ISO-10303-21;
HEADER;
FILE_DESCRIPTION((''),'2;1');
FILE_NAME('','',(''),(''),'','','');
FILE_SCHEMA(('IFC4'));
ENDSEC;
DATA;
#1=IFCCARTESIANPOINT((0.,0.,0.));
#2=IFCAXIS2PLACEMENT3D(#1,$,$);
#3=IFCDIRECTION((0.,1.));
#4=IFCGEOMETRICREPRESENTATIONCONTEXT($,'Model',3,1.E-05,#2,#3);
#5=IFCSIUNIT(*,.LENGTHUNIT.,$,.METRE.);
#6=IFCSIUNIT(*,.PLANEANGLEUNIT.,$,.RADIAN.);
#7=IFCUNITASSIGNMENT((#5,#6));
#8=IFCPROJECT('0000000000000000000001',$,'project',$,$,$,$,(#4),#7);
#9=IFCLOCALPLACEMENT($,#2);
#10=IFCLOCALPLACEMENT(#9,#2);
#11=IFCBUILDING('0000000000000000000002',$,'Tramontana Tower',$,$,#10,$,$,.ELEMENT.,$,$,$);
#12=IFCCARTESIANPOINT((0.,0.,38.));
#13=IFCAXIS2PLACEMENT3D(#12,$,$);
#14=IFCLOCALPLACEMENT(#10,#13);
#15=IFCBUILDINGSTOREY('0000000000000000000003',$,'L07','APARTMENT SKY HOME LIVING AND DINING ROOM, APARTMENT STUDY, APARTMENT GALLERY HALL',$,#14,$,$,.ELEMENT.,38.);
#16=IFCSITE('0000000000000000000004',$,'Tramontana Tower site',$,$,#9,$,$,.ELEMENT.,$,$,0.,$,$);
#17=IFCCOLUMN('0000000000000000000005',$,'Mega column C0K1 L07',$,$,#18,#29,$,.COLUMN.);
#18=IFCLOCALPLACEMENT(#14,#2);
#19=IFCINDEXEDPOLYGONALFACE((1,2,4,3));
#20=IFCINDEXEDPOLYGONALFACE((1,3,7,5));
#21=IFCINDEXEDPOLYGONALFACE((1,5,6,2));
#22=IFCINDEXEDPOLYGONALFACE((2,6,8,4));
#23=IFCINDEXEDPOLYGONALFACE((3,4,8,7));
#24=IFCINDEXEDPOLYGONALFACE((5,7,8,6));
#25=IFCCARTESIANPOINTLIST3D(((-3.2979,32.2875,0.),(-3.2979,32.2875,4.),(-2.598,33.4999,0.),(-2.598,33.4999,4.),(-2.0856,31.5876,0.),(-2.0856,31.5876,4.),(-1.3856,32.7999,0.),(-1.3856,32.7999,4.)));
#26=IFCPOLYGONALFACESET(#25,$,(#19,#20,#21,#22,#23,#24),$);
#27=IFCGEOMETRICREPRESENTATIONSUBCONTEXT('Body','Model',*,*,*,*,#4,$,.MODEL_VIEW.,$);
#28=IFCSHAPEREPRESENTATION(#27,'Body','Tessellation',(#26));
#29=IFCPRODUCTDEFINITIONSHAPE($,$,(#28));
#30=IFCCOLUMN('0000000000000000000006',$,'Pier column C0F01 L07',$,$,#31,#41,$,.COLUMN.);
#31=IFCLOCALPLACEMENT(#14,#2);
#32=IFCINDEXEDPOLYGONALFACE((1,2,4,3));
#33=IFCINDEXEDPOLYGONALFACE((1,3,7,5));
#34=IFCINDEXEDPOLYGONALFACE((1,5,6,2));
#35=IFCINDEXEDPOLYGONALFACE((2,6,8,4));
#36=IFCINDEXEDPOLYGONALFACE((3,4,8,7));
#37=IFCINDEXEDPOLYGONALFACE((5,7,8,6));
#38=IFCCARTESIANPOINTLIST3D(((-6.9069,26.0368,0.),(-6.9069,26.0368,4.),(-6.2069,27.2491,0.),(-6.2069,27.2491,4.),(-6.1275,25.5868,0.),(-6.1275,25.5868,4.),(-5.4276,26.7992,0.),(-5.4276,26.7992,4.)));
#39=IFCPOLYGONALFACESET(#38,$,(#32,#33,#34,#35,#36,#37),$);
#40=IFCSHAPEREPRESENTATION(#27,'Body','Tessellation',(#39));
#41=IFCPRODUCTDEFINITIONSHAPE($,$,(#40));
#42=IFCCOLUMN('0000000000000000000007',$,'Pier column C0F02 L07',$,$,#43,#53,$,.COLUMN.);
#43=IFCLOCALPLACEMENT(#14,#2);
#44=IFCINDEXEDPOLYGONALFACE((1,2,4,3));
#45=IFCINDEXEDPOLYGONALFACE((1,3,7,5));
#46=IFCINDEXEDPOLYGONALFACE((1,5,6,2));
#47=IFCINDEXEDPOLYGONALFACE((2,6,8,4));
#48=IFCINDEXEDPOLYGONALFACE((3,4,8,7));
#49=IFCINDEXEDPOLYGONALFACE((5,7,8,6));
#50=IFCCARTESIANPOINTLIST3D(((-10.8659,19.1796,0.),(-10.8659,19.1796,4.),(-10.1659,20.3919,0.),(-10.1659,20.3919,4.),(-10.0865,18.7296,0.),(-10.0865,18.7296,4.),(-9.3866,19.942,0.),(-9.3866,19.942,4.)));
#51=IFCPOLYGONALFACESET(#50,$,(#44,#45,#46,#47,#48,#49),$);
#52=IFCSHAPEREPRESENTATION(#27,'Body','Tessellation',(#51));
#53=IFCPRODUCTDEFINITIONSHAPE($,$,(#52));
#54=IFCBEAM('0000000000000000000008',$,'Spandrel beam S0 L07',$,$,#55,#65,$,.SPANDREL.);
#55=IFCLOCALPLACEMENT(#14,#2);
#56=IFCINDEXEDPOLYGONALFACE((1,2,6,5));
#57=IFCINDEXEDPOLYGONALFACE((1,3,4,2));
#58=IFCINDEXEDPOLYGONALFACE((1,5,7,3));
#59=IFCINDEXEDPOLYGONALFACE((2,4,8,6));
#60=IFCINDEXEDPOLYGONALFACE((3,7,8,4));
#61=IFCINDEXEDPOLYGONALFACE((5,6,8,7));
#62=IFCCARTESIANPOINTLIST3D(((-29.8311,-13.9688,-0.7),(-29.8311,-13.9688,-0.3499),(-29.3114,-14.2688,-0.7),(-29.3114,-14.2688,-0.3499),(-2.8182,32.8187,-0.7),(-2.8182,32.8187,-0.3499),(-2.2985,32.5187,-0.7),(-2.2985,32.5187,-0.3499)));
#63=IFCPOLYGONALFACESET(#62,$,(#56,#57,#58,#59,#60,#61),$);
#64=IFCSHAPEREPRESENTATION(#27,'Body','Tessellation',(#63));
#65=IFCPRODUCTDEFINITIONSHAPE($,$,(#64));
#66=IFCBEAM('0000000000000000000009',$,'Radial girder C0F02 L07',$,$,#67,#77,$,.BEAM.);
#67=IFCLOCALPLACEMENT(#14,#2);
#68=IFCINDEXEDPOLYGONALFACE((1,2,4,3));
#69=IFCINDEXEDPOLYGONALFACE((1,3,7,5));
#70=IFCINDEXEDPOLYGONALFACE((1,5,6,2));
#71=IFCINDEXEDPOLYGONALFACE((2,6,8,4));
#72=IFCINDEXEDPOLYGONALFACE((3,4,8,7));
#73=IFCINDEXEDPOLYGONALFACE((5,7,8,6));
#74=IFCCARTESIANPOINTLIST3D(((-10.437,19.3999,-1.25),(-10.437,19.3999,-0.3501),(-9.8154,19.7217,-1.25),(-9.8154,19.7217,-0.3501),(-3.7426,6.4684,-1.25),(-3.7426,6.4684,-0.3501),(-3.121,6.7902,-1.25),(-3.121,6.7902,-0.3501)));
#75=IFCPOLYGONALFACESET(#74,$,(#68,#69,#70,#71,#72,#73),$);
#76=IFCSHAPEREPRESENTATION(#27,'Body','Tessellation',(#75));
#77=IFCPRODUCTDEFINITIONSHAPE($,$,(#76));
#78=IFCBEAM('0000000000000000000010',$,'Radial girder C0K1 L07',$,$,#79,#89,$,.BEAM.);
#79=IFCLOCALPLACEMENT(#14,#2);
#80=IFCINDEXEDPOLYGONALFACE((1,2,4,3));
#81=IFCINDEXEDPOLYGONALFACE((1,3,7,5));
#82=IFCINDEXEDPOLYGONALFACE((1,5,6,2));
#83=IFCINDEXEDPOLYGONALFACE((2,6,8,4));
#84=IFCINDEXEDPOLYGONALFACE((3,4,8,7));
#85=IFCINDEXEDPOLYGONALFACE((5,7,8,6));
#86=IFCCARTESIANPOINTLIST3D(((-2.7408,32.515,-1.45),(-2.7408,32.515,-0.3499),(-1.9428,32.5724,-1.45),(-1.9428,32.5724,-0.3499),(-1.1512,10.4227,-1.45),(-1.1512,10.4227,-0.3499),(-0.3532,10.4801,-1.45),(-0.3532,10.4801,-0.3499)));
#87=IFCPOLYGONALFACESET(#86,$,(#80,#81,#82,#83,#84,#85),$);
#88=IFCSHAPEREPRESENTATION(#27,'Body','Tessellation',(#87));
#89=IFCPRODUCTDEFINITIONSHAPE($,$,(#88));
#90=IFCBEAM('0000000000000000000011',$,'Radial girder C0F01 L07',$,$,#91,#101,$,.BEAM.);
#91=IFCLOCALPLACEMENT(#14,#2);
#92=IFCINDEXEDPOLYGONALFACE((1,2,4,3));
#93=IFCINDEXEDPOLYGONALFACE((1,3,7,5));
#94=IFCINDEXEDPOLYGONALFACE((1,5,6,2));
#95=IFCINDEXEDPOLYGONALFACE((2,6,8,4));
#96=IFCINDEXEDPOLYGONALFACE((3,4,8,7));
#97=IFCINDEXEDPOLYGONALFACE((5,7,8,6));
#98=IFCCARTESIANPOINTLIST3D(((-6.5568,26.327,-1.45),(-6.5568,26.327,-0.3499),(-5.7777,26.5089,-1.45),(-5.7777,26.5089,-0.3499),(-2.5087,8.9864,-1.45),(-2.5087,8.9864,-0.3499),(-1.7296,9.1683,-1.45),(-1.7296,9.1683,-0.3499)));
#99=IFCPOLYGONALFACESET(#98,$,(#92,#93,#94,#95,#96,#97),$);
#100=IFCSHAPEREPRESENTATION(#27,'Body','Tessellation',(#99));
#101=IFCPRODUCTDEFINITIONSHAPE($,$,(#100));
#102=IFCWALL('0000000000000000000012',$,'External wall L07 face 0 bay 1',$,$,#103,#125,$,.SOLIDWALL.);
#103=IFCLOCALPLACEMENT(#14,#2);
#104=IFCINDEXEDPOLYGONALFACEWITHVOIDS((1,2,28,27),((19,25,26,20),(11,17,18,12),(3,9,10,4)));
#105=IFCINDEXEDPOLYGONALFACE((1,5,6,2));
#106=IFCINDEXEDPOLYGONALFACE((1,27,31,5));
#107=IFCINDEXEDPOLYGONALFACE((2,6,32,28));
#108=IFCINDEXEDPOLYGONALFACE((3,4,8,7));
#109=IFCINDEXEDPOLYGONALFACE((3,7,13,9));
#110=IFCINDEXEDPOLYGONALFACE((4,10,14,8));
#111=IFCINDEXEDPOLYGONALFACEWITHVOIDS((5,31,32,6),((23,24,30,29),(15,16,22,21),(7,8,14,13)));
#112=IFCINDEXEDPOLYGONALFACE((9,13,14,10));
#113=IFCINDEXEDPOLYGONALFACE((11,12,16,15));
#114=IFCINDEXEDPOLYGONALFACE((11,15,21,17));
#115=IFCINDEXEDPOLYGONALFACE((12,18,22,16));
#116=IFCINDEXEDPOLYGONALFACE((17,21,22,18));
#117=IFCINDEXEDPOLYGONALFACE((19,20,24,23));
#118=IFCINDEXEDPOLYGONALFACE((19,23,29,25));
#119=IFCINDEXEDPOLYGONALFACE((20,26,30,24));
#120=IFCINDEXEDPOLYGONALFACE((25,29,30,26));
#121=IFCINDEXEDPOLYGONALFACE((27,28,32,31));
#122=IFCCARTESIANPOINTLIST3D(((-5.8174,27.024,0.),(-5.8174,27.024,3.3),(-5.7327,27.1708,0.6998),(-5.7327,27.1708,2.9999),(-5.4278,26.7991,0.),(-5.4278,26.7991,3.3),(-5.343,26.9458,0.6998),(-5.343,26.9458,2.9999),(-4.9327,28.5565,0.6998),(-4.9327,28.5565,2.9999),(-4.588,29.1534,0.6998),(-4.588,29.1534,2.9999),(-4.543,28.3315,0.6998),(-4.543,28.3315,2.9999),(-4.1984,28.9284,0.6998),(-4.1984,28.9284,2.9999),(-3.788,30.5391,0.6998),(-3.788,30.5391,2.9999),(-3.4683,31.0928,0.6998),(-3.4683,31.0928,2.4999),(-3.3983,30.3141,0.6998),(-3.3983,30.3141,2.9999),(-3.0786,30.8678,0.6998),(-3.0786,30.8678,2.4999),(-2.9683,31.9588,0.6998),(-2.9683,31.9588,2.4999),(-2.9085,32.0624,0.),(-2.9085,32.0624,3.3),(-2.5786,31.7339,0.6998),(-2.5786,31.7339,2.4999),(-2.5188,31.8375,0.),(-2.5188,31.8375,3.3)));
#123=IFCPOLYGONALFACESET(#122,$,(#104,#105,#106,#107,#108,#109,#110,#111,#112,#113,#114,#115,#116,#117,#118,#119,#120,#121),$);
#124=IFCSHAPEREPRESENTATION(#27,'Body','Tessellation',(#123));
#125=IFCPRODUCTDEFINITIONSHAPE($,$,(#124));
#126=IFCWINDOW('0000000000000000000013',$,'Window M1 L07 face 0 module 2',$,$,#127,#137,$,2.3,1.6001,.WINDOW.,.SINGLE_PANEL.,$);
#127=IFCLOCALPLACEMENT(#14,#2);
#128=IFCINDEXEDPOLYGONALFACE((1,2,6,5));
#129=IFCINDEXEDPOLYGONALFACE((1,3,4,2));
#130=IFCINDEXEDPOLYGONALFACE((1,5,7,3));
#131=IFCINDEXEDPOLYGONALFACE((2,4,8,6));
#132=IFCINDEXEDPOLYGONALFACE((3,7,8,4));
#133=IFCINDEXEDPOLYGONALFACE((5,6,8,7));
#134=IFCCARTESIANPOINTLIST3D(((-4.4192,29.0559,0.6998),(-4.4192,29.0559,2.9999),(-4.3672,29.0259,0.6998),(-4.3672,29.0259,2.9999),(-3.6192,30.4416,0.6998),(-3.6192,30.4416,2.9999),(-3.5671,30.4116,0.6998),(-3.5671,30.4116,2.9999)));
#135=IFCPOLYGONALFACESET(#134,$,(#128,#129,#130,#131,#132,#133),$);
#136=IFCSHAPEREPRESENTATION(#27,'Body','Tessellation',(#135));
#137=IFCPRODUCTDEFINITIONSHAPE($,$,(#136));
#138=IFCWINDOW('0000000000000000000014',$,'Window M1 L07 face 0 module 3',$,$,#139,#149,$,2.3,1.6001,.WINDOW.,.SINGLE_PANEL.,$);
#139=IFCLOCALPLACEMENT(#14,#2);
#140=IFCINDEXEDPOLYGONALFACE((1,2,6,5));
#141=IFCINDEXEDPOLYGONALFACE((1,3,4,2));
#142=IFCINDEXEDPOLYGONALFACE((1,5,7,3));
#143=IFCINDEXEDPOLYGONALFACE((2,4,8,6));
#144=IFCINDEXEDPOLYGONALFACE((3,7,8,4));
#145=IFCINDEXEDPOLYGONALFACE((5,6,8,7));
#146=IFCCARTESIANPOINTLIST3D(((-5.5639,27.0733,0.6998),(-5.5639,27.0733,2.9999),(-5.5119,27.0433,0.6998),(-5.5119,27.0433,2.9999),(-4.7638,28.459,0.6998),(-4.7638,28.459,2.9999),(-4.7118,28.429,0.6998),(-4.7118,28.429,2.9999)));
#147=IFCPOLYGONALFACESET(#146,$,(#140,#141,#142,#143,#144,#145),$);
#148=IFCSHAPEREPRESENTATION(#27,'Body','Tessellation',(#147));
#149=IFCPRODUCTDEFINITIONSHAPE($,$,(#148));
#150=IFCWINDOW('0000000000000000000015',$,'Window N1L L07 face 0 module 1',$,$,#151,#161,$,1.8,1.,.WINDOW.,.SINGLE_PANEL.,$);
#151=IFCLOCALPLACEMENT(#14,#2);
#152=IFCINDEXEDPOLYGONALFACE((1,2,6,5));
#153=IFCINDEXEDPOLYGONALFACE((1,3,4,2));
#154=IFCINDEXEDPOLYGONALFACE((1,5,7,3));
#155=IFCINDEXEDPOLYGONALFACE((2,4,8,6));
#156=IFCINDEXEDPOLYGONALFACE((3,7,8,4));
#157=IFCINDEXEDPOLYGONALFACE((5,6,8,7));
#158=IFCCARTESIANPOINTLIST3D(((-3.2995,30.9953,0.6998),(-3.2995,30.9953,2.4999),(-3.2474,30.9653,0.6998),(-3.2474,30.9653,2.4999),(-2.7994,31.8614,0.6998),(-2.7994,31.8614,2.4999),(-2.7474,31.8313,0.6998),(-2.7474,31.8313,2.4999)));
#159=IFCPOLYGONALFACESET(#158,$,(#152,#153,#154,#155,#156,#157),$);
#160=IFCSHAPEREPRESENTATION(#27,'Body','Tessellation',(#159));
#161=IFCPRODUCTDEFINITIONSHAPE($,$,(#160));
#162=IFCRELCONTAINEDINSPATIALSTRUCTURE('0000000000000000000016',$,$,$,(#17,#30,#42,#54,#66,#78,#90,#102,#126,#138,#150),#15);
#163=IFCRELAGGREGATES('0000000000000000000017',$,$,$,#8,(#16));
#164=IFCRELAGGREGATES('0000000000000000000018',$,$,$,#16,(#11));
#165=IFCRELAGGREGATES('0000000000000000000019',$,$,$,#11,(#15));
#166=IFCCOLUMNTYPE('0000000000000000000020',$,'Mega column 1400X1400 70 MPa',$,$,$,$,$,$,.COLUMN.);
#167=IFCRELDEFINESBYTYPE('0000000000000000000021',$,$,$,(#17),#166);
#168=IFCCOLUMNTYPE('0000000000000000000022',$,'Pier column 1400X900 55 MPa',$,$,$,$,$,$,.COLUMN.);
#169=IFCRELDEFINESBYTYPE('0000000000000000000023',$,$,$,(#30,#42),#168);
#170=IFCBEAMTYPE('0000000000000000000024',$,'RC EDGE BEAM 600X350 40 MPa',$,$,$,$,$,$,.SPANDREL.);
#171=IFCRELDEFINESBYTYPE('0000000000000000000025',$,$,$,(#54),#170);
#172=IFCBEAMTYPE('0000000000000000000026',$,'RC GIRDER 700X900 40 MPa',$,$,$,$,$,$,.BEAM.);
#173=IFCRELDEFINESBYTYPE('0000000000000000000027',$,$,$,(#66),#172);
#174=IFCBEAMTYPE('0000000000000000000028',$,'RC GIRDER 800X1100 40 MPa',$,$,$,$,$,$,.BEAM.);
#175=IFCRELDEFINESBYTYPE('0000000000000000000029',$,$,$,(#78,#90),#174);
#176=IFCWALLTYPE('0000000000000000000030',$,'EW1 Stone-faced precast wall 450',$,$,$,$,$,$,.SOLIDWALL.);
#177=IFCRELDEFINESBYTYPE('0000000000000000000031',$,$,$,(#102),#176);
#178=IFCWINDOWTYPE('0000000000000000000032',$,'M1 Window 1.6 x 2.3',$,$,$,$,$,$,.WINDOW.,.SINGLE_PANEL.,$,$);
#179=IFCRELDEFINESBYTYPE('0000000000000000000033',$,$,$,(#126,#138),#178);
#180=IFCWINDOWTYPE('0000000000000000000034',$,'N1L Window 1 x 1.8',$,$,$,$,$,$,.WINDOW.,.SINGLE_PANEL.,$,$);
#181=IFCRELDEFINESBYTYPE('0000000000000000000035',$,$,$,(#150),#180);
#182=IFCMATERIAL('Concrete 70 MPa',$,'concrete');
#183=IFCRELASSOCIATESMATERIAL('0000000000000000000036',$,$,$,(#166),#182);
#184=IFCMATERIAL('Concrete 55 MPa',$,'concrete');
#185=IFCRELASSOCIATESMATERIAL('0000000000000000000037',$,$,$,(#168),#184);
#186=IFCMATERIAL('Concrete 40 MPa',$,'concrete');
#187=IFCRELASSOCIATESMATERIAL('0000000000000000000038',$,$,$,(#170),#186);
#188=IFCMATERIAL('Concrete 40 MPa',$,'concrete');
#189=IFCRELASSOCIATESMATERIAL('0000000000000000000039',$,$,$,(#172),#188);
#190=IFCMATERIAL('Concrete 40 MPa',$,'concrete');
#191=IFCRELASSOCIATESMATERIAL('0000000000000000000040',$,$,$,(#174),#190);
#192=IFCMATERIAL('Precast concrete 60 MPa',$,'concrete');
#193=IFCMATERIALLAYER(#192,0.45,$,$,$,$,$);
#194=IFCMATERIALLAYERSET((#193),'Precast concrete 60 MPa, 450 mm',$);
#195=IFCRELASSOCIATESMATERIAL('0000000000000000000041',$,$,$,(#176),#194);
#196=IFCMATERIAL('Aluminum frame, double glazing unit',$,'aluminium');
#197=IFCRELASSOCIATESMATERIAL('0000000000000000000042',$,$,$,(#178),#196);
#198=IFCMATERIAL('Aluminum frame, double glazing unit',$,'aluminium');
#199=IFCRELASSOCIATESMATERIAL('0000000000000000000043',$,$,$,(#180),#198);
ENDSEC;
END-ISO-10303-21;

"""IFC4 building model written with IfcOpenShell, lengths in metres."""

from ifc_helpers import new_model, si_unit, direction, frame, frame_2d, origin, origin_2d, place, context, subcontext, project, spatial, rectangle, extrude, material, layer, layer_set, material_profile, profile_set, type_object, element, fill, save


model = new_model("IFC4")

# Units and contexts
model_context = context("Model", 3, precision=1e-05, world=origin(), true_north=direction((0.0, 1.0)))
body_context = subcontext(model_context, "Body", "Model", "MODEL_VIEW")
ifc_project = project(units=[si_unit("LENGTHUNIT", "METRE"), si_unit("PLANEANGLEUNIT", "RADIAN")], contexts=[model_context])

# Site, building, storey
site_placement = place(None, origin())
site = spatial("IfcSite", under=ifc_project, at=site_placement, Name="Tramontana Tower site", CompositionType="ELEMENT", RefElevation=0.0)
building_placement = place(site_placement, origin())
building = spatial("IfcBuilding", under=site, at=building_placement, Name="Tramontana Tower", CompositionType="ELEMENT")
storey_placement = place(building_placement, frame((0.0, 0.0, 38.0)))
storey = spatial("IfcBuildingStorey", under=building, at=storey_placement, Name="L07", Description="APARTMENT SKY HOME LIVING AND DINING ROOM, APARTMENT STUDY, APARTMENT GALLERY HALL", CompositionType="ELEMENT", Elevation=38.0)

# Columns
ifc_material_1 = material(Name="Concrete 70 MPa", Category="concrete")
ifc_material_profile_1 = material_profile(ifc_material_1, rectangle(XDim=1.3999, YDim=1.3999, at=origin_2d()), Name="Mega column 1400X1400 70 MPa")
ifc_profile_set_1 = profile_set([ifc_material_profile_1], Name="Concrete 70 MPa")
column_type_1 = type_object("IfcColumnType", Name="Mega column 1400X1400 70 MPa", PredefinedType="COLUMN", material=ifc_profile_set_1)
column_placement = place(storey_placement, frame((-2.3418, 32.5437, 0.0), z_axis=(0.0, 0.0, 1.0), x_axis=(-0.5, -0.866025, 0.0)))
element("IfcColumn", 1, at=column_placement, inside=storey, type_object=column_type_1, Name="Mega column C0K1 L07", PredefinedType="COLUMN", context=body_context, shape_type="SweptSolid", body=[
    extrude(rectangle(XDim=1.3999, YDim=1.3999, at=origin_2d()), origin(), (0.0, 0.0, 1.0), 4.0),
])
ifc_material_2 = material(Name="Concrete 55 MPa", Category="concrete")
ifc_material_profile_2 = material_profile(ifc_material_2, rectangle(XDim=1.3999, YDim=0.8999, at=origin_2d()), Name="Pier column 1400X900 55 MPa")
ifc_profile_set_2 = profile_set([ifc_material_profile_2], Name="Concrete 55 MPa")
column_type_2 = type_object("IfcColumnType", Name="Pier column 1400X900 55 MPa", PredefinedType="COLUMN", material=ifc_profile_set_2)
for number, where, z_axis, x_axis, name in (
    (2, (-6.1672, 26.418, 0.0), (0.0, 0.0, 1.0), (-0.5, -0.866025, 0.0), "Pier column C0F01 L07"),
    (3, (-10.1262, 19.5608, 0.0), (0.0, 0.0, 1.0), (-0.5, -0.866025, 0.0), "Pier column C0F02 L07"),
):
    element("IfcColumn", number, at=place(storey_placement, frame(where, z_axis=z_axis, x_axis=x_axis)), inside=storey, type_object=column_type_2, Name=name, PredefinedType="COLUMN", context=body_context, shape_type="SweptSolid", body=[
        extrude(rectangle(XDim=1.3999, YDim=0.8999, at=origin_2d()), origin(), (0.0, 0.0, 1.0), 4.0),
    ])

# Beams
ifc_material_3 = material(Name="Concrete 40 MPa", Category="concrete")
ifc_material_profile_3 = material_profile(ifc_material_3, rectangle(XDim=0.6001, YDim=0.3501, at=origin_2d()), Name="RC EDGE BEAM 600X350 40 MPa")
ifc_profile_set_3 = profile_set([ifc_material_profile_3], Name="Concrete 40 MPa")
beam_type_1 = type_object("IfcBeamType", Name="RC EDGE BEAM 600X350 40 MPa", PredefinedType="SPANDREL", material=ifc_profile_set_3)
beam_1_placement = place(storey_placement, frame((-2.5583, 32.6687, -0.5249), z_axis=(-0.500001, -0.866025, 0.0), x_axis=(0.866025, -0.500001, 0.0)))
element("IfcBeam", 4, at=beam_1_placement, inside=storey, type_object=beam_type_1, Name="Spandrel beam S0 L07", PredefinedType="SPANDREL", context=body_context, shape_type="SweptSolid", body=[
    extrude(rectangle(XDim=0.6001, YDim=0.3501, at=origin_2d()), origin(), (0.0, 0.0, 1.0), 54.0256),
])
ifc_material_4 = material(Name="Concrete 40 MPa", Category="concrete")
ifc_material_profile_4 = material_profile(ifc_material_4, rectangle(XDim=0.7, YDim=0.8999, at=origin_2d()), Name="RC GIRDER 700X900 40 MPa")
ifc_profile_set_4 = profile_set([ifc_material_profile_4], Name="Concrete 40 MPa")
beam_type_2 = type_object("IfcBeamType", Name="RC GIRDER 700X900 40 MPa", PredefinedType="BEAM", material=ifc_profile_set_4)
beam_2_placement = place(storey_placement, frame((-10.1262, 19.5608, -0.8), z_axis=(0.459731, -0.888058, 0.0), x_axis=(0.888058, 0.459731, 0.0)))
element("IfcBeam", 5, at=beam_2_placement, inside=storey, type_object=beam_type_2, Name="Radial girder C0F02 L07", PredefinedType="BEAM", context=body_context, shape_type="SweptSolid", body=[
    extrude(rectangle(XDim=0.7, YDim=0.8999, at=origin_2d()), origin(), (0.0, 0.0, 1.0), 14.5615),
])
ifc_material_5 = material(Name="Concrete 40 MPa", Category="concrete")
ifc_material_profile_5 = material_profile(ifc_material_5, rectangle(XDim=0.8, YDim=1.1001, at=origin_2d()), Name="RC GIRDER 800X1100 40 MPa")
ifc_profile_set_5 = profile_set([ifc_material_profile_5], Name="Concrete 40 MPa")
beam_type_3 = type_object("IfcBeamType", Name="RC GIRDER 800X1100 40 MPa", PredefinedType="BEAM", material=ifc_profile_set_5)
beam_3_placement = place(storey_placement, frame((-2.3418, 32.5437, -0.8999), z_axis=(0.071767, -0.997421, 0.0), x_axis=(0.997421, 0.071767, 0.0)))
element("IfcBeam", 6, at=beam_3_placement, inside=storey, type_object=beam_type_3, Name="Radial girder C0K1 L07", PredefinedType="BEAM", context=body_context, shape_type="SweptSolid", body=[
    extrude(rectangle(XDim=0.8, YDim=1.1001, at=origin_2d()), origin(), (0.0, 0.0, 1.0), 22.1494),
])
beam_4_placement = place(storey_placement, frame((-6.1672, 26.418, -0.8999), z_axis=(0.227334, -0.973817, 0.0), x_axis=(0.973817, 0.227334, 0.0)))
element("IfcBeam", 7, at=beam_4_placement, inside=storey, type_object=beam_type_3, Name="Radial girder C0F01 L07", PredefinedType="BEAM", context=body_context, shape_type="SweptSolid", body=[
    extrude(rectangle(XDim=0.8, YDim=1.1001, at=origin_2d()), origin(), (0.0, 0.0, 1.0), 17.8069),
])

# Wall, openings, windows
ifc_material_6 = material(Name="Precast concrete 60 MPa", Category="concrete")
ifc_layer_1 = layer(ifc_material_6, 0.45)
ifc_layer_set_1 = layer_set([ifc_layer_1], Name="Precast concrete 60 MPa, 450 mm")
wall_type_1 = type_object("IfcWallType", Name="EW1 Stone-faced precast wall 450", PredefinedType="SOLIDWALL", material=ifc_layer_set_1)
wall_1_placement = place(storey_placement, frame((-2.7136, 31.95, 0.0), z_axis=(0.0, 0.0, 1.0), x_axis=(-0.500007, -0.866021, 0.0)))
wall_1 = element("IfcWall", 8, at=wall_1_placement, inside=storey, type_object=wall_type_1, Name="External wall L07 face 0 bay 1", PredefinedType="SOLIDWALL", context=body_context, shape_type="SweptSolid", body=[
    extrude(rectangle(XDim=5.8179, YDim=0.45, at=frame_2d((2.9089, 0.0))), origin(), (0.0, 0.0, 1.0), 3.3),
])
opening_1_placement = place(wall_1_placement, frame((0.1196, 0.0, 0.7)))
opening_1 = element("IfcOpeningElement", 9, at=opening_1_placement, cuts=wall_1, PredefinedType="OPENING", context=body_context, shape_type="SweptSolid", body=[
    extrude(rectangle(XDim=1.0, YDim=1.8, at=frame_2d((0.5, 0.8999))), frame((0.0, 0.2349, 0.0), z_axis=(0.0, -1.0, 0.0), x_axis=(1.0, 0.0, 0.0)), (0.0, 0.0, 1.0), 0.47),
])
opening_2_placement = place(wall_1_placement, frame((1.759, 0.0, 0.7)))
opening_2 = element("IfcOpeningElement", 10, at=opening_2_placement, cuts=wall_1, PredefinedType="OPENING", context=body_context, shape_type="SweptSolid", body=[
    extrude(rectangle(XDim=1.6001, YDim=2.3, at=frame_2d((0.8, 1.1499))), frame((0.0, 0.2349, 0.0), z_axis=(0.0, -1.0, 0.0), x_axis=(1.0, 0.0, 0.0)), (0.0, 0.0, 1.0), 0.47),
])
opening_3_placement = place(wall_1_placement, frame((4.0483, 0.0, 0.7)))
opening_3 = element("IfcOpeningElement", 11, at=opening_3_placement, cuts=wall_1, PredefinedType="OPENING", context=body_context, shape_type="SweptSolid", body=[
    extrude(rectangle(XDim=1.6001, YDim=2.3, at=frame_2d((0.8, 1.1499))), frame((0.0, 0.2349, 0.0), z_axis=(0.0, -1.0, 0.0), x_axis=(1.0, 0.0, 0.0)), (0.0, 0.0, 1.0), 0.47),
])
ifc_material_7 = material(Name="Aluminum frame, double glazing unit", Category="aluminium")
window_type_1 = type_object("IfcWindowType", Name="M1 Window 1.6 x 2.3", PartitioningType="SINGLE_PANEL", PredefinedType="WINDOW", material=ifc_material_7)
window_1_placement = place(opening_2_placement, origin())
window_1 = element("IfcWindow", 12, at=window_1_placement, inside=storey, type_object=window_type_1, Name="Window M1 L07 face 0 module 2", OverallHeight=2.3, OverallWidth=1.6001, PartitioningType="SINGLE_PANEL", PredefinedType="WINDOW", context=body_context, shape_type="SweptSolid", body=[
    extrude(rectangle(XDim=1.6001, YDim=2.3, at=frame_2d((0.8, 1.1499))), frame((0.0, 0.03, 0.0), z_axis=(0.0, -1.0, 0.0), x_axis=(1.0, 0.0, 0.0)), (0.0, 0.0, 1.0), 0.0601),
])
fill(opening_2, window_1)
window_2_placement = place(opening_3_placement, origin())
window_2 = element("IfcWindow", 13, at=window_2_placement, inside=storey, type_object=window_type_1, Name="Window M1 L07 face 0 module 3", OverallHeight=2.3, OverallWidth=1.6001, PartitioningType="SINGLE_PANEL", PredefinedType="WINDOW", context=body_context, shape_type="SweptSolid", body=[
    extrude(rectangle(XDim=1.6001, YDim=2.3, at=frame_2d((0.8, 1.1499))), frame((0.0, 0.03, 0.0), z_axis=(0.0, -1.0, 0.0), x_axis=(1.0, 0.0, 0.0)), (0.0, 0.0, 1.0), 0.0601),
])
fill(opening_3, window_2)
ifc_material_8 = material(Name="Aluminum frame, double glazing unit", Category="aluminium")
window_type_2 = type_object("IfcWindowType", Name="N1L Window 1 x 1.8", PartitioningType="SINGLE_PANEL", PredefinedType="WINDOW", material=ifc_material_8)
window_3_placement = place(opening_1_placement, origin())
window_3 = element("IfcWindow", 14, at=window_3_placement, inside=storey, type_object=window_type_2, Name="Window N1L L07 face 0 module 1", OverallHeight=1.8, OverallWidth=1.0, PartitioningType="SINGLE_PANEL", PredefinedType="WINDOW", context=body_context, shape_type="SweptSolid", body=[
    extrude(rectangle(XDim=1.0, YDim=1.8, at=frame_2d((0.5, 0.8999))), frame((0.0, 0.03, 0.0), z_axis=(0.0, -1.0, 0.0), x_axis=(1.0, 0.0, 0.0)), (0.0, 0.0, 1.0), 0.0601),
])
fill(opening_1, window_3)

save(model, "model.ifc")
